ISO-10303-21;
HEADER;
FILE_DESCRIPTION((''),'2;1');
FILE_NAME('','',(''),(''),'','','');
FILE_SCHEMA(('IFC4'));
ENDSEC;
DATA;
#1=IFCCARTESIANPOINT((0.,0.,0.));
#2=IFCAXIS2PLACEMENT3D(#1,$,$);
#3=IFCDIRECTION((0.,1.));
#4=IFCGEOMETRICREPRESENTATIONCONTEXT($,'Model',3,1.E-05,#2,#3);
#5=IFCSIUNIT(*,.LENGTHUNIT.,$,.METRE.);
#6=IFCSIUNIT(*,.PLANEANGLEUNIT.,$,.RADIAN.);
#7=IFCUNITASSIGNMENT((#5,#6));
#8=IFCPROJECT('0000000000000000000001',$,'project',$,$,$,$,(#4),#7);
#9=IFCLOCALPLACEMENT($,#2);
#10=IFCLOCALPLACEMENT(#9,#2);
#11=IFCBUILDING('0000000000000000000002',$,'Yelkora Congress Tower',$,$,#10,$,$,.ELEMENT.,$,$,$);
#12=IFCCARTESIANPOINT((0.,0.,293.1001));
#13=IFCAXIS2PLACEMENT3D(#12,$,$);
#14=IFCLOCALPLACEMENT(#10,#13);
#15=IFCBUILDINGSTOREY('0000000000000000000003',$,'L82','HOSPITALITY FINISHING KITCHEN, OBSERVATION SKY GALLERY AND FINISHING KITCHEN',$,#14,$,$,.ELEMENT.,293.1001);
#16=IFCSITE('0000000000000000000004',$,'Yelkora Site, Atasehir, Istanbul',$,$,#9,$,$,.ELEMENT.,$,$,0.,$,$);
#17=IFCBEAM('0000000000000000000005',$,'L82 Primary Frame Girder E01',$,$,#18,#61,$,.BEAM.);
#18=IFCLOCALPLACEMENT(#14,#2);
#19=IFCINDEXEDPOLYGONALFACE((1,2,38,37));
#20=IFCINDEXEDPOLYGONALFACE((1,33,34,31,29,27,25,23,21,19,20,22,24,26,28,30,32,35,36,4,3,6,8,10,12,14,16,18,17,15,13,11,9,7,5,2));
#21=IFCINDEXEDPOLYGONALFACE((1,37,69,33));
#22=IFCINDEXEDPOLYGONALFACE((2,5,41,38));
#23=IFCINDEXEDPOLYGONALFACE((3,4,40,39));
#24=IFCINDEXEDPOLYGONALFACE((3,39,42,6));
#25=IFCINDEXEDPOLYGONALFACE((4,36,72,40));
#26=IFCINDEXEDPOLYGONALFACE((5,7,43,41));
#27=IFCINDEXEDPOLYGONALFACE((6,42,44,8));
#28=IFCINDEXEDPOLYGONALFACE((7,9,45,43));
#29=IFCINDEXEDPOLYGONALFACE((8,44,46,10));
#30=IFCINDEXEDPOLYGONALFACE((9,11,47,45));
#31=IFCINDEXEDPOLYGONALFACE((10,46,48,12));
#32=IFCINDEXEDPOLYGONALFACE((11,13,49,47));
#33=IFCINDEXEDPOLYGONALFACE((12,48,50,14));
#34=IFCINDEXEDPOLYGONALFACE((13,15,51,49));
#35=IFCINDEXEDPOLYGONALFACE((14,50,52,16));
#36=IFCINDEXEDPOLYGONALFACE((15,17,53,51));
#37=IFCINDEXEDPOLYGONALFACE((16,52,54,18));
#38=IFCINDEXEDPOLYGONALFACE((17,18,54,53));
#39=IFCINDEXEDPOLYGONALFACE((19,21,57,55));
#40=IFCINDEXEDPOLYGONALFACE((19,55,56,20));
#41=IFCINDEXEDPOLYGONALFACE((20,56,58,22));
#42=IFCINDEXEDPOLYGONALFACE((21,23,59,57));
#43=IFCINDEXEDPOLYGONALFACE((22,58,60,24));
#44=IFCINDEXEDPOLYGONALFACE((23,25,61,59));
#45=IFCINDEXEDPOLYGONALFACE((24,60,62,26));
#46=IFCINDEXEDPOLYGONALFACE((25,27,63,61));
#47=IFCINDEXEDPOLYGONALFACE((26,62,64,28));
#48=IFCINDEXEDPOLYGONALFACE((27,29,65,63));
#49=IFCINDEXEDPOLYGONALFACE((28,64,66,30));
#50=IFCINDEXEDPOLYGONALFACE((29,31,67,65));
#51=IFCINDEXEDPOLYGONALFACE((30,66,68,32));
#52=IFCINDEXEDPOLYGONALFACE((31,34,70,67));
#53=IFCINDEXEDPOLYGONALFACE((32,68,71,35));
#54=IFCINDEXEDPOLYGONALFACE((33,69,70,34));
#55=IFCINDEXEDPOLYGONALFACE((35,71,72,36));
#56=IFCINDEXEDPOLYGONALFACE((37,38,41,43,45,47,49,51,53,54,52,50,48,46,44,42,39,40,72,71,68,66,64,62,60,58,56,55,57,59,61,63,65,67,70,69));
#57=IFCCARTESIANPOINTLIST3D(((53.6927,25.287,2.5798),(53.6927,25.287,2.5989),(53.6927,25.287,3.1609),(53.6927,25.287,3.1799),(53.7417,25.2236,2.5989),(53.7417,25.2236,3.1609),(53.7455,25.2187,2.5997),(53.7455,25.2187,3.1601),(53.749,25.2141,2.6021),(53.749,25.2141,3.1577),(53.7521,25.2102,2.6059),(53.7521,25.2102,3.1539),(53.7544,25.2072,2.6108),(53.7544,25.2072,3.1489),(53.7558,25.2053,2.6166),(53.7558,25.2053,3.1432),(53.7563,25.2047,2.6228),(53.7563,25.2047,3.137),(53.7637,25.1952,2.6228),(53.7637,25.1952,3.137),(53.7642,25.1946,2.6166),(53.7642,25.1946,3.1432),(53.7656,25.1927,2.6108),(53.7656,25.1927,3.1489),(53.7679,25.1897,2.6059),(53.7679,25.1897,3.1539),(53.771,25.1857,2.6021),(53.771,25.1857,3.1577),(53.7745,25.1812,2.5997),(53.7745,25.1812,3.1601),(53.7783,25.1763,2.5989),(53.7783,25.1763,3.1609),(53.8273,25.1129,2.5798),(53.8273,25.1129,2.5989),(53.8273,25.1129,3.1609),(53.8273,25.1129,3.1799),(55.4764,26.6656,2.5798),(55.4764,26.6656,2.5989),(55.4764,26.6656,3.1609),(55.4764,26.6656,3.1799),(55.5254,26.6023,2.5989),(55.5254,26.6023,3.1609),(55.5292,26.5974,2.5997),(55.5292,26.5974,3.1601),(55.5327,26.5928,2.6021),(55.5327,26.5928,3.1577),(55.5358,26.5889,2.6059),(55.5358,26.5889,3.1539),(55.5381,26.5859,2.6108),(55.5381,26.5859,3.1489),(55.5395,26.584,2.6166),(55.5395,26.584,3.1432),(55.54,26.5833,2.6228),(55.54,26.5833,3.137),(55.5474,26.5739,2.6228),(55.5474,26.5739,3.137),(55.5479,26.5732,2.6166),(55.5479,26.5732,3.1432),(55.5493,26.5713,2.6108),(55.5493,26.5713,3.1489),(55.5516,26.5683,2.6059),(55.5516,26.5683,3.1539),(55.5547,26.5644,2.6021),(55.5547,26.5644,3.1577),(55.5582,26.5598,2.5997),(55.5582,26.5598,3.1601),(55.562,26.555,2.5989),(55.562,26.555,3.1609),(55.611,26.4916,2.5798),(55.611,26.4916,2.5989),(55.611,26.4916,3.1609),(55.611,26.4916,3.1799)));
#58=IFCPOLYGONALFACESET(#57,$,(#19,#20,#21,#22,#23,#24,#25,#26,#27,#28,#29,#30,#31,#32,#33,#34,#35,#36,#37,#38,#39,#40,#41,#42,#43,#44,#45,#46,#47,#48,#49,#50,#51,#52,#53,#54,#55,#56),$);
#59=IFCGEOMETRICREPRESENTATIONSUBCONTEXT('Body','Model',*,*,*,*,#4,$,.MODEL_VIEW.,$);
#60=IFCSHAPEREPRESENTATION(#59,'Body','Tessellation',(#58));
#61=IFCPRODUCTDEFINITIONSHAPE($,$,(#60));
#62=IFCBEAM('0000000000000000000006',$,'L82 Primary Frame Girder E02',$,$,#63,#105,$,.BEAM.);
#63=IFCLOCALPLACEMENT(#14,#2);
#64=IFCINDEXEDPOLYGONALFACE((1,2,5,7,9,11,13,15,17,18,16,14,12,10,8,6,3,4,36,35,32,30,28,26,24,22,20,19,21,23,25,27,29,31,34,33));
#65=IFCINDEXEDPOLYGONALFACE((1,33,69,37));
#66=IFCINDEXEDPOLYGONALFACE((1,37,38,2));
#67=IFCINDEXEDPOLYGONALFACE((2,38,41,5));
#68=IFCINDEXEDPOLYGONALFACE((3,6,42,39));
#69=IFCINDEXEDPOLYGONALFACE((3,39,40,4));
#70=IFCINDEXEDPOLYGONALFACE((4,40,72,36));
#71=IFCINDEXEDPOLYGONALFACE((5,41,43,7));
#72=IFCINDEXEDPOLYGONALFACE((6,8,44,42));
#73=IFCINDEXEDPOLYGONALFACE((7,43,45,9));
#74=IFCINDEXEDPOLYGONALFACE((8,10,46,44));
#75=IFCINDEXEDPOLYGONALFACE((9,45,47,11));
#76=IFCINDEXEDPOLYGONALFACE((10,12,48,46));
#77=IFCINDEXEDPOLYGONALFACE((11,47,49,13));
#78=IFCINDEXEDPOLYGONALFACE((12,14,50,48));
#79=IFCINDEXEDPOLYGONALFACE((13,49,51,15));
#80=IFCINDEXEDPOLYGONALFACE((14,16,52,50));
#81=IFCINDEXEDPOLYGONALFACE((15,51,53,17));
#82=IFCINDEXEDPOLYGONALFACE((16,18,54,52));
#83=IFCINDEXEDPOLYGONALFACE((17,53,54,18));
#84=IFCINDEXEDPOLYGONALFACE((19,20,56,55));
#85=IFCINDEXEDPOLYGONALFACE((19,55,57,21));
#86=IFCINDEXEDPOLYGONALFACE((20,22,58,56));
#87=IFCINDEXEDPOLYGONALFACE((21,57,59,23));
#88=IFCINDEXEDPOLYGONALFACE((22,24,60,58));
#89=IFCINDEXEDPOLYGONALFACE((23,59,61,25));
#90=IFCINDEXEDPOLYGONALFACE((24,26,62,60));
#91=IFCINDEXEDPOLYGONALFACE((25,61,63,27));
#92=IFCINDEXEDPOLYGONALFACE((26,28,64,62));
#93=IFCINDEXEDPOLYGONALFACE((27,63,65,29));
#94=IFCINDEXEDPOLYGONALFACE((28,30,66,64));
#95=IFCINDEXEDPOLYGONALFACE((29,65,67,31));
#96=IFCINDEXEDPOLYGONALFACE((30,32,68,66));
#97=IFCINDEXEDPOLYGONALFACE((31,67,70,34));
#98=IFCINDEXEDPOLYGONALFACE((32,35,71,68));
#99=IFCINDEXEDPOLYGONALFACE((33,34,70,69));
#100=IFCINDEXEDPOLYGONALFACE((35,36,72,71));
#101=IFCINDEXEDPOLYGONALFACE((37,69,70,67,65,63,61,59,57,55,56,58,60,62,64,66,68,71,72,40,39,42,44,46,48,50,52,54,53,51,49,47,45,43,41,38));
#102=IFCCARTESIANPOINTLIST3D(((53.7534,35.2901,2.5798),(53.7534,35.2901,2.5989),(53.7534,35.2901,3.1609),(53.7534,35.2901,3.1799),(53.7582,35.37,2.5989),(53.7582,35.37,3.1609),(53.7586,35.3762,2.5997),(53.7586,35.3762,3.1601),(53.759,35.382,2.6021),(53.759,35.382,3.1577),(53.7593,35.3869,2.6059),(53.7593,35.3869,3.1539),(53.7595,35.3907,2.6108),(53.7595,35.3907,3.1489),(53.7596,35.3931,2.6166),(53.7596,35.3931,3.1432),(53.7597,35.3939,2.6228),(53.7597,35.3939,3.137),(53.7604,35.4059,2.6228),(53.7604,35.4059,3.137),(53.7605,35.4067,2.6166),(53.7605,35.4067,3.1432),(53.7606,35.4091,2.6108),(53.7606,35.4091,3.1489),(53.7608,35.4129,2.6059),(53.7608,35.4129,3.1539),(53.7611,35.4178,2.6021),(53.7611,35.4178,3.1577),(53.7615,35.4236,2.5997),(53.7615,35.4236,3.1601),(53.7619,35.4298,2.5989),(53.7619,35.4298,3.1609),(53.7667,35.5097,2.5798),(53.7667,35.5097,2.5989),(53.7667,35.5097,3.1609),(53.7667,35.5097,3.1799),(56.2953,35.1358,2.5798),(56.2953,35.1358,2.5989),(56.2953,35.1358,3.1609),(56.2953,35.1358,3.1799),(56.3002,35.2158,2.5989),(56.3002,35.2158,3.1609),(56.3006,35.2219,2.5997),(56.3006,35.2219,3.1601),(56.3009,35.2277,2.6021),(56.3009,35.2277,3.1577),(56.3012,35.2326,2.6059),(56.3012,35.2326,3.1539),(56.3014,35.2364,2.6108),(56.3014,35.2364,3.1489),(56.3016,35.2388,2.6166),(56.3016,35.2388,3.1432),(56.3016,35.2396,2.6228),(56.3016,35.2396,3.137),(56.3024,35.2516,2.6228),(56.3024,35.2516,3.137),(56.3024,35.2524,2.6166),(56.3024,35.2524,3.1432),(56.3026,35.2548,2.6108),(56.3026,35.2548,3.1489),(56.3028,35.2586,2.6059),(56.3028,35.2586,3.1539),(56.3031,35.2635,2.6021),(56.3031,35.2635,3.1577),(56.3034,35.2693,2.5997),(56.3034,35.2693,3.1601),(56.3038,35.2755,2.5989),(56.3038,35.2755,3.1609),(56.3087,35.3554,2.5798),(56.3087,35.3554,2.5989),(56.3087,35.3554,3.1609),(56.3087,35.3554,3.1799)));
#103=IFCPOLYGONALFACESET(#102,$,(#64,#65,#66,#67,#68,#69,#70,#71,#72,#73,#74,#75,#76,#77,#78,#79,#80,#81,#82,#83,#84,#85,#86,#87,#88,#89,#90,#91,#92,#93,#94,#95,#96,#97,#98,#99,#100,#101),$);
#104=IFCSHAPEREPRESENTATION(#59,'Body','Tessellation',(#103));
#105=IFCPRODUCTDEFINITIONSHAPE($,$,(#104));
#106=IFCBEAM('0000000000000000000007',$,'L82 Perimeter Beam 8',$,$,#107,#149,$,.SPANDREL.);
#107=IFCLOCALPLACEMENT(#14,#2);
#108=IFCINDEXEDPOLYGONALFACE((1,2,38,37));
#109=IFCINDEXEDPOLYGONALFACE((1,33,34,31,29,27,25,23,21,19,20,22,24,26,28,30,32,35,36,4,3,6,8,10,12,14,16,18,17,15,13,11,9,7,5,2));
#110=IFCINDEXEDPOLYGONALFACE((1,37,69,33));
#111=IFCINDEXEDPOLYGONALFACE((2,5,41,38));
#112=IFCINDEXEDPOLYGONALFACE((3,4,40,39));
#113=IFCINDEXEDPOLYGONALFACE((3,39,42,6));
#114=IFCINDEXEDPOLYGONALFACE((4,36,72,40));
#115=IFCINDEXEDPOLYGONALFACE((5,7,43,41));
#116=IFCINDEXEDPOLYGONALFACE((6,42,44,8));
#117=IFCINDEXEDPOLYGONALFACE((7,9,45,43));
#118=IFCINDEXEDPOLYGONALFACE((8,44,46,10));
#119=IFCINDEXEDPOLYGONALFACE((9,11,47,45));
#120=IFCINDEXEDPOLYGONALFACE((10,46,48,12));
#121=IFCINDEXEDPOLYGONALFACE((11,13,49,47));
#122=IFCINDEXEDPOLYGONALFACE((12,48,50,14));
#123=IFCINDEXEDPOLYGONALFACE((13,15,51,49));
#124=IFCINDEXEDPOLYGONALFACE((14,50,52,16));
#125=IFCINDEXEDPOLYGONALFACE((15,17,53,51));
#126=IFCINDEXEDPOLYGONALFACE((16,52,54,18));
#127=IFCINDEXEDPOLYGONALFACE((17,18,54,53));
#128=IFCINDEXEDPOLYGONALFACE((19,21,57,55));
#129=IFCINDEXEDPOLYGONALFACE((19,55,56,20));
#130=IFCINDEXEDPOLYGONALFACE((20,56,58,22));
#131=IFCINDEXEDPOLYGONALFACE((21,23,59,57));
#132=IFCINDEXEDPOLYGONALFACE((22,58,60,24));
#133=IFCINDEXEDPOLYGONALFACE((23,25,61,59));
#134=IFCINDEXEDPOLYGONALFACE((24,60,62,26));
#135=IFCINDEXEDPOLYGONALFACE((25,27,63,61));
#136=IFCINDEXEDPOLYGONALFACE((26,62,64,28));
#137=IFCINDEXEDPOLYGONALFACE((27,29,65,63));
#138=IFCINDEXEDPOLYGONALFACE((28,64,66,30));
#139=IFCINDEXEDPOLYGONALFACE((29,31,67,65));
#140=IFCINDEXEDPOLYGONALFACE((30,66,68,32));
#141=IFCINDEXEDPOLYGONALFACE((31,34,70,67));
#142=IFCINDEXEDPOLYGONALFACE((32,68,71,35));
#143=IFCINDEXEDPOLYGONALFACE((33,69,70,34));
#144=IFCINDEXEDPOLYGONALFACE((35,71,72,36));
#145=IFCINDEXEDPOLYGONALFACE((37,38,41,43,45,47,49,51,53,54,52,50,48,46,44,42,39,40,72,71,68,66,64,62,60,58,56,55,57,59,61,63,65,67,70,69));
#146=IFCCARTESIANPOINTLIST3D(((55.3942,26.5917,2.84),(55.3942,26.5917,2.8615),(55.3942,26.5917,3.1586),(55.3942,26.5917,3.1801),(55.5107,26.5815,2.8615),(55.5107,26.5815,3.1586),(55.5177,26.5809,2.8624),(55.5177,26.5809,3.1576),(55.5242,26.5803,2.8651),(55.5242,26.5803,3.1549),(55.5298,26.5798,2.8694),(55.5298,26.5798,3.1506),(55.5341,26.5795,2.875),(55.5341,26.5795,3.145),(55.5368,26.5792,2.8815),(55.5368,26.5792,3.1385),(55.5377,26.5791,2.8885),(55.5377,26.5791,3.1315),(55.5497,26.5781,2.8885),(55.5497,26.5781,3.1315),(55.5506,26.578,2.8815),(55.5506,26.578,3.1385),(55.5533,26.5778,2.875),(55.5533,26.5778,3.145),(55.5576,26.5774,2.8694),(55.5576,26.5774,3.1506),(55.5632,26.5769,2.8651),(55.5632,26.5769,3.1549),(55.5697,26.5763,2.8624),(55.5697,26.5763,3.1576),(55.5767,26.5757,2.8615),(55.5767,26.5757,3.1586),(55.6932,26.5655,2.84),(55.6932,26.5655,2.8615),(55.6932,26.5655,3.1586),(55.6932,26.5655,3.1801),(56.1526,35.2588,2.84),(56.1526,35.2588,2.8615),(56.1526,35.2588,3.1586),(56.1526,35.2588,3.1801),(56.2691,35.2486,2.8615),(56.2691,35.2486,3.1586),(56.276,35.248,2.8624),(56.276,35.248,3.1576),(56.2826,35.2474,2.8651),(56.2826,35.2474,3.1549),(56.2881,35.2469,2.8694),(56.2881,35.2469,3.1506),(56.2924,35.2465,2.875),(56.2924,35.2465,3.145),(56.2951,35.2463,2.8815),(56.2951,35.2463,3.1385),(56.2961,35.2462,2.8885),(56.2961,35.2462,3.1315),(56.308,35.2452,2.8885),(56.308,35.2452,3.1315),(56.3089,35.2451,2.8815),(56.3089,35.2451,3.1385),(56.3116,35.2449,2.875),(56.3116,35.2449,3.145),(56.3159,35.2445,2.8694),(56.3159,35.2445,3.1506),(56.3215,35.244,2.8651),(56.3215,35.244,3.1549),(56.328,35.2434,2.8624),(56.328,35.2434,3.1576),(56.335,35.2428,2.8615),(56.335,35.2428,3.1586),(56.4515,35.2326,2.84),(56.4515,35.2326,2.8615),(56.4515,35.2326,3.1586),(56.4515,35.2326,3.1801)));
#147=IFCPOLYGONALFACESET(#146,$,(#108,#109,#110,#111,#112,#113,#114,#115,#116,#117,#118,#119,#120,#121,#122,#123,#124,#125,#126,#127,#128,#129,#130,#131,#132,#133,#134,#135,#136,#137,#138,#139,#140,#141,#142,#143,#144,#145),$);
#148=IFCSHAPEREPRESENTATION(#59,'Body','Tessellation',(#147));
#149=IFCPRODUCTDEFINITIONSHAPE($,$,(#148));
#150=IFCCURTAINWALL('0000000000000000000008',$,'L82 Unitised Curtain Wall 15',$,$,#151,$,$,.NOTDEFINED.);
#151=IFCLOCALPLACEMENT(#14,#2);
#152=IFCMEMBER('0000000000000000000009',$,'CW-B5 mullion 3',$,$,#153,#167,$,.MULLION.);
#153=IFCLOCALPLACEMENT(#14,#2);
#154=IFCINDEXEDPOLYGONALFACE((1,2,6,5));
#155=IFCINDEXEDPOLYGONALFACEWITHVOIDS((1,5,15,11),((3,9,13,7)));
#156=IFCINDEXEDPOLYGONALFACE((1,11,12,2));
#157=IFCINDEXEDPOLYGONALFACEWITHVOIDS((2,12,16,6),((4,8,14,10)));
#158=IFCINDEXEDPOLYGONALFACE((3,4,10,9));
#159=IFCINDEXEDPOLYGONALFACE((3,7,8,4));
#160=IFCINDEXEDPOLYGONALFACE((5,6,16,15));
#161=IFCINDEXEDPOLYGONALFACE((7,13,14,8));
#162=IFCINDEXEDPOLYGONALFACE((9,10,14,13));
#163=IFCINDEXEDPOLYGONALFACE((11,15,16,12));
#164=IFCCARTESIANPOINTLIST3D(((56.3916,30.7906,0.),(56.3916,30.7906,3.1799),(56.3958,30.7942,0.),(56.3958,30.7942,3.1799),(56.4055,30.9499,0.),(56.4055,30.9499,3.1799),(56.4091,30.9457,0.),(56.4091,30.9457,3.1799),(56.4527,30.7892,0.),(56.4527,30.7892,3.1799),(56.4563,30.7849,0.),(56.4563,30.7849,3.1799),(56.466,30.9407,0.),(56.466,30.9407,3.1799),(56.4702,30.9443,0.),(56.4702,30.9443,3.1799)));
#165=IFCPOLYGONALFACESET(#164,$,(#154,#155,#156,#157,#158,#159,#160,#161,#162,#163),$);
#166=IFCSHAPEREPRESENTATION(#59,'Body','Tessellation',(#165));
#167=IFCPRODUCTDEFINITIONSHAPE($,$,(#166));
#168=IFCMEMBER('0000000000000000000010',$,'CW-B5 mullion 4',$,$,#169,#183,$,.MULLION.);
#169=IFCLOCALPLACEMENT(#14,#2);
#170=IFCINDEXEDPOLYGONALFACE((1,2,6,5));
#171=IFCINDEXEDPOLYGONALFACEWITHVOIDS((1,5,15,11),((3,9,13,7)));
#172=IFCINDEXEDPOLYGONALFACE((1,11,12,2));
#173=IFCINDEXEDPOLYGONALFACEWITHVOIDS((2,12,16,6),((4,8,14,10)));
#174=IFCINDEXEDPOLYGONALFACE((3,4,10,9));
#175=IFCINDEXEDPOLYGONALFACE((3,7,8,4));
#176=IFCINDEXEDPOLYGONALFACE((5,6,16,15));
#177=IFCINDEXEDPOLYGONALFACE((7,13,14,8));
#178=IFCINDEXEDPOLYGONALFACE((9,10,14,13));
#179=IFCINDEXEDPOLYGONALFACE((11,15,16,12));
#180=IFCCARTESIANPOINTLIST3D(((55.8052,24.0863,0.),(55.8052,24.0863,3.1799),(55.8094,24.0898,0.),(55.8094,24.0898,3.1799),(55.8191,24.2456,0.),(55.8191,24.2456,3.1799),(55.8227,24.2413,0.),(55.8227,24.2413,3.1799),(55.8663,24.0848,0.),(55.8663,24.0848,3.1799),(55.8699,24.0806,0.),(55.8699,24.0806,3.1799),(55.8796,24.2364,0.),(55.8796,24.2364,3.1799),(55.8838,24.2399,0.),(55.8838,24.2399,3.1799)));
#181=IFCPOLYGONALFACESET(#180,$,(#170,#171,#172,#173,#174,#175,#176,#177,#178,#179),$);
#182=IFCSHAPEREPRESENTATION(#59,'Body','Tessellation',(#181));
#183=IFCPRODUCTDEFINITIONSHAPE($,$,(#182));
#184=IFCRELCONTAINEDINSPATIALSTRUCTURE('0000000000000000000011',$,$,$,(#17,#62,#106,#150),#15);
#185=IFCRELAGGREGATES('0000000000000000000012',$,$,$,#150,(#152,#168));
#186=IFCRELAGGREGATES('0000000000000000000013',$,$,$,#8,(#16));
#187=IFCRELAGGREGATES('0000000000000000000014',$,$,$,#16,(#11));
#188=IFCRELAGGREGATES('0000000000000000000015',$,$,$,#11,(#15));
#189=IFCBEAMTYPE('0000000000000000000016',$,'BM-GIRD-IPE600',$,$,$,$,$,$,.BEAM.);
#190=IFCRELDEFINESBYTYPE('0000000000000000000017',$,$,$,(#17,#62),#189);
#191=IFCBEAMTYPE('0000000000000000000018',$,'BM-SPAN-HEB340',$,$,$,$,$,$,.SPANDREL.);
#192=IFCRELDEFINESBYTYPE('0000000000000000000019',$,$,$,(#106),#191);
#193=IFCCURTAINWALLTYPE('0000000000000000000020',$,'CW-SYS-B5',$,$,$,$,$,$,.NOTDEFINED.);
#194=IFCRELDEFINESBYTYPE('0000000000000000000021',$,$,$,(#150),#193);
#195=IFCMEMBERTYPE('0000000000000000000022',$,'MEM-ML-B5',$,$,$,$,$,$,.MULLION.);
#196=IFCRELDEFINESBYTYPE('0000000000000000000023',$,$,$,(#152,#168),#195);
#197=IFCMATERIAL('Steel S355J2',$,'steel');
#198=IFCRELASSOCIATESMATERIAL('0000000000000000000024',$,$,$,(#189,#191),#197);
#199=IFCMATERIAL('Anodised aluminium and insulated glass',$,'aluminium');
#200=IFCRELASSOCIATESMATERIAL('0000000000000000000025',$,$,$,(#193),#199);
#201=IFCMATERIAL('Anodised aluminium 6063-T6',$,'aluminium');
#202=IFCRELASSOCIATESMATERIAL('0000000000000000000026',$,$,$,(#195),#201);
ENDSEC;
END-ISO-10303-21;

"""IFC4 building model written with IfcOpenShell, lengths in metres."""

from ifc_helpers import new_model, si_unit, direction, frame, origin, origin_2d, place, context, subcontext, project, spatial, hollow_rectangle, i_section, extrude, material, material_profile, profile_set, type_object, element, aggregate, save


model = new_model("IFC4")

# Units and contexts
model_context = context("Model", 3, precision=1e-05, world=origin(), true_north=direction((0.0, 1.0)))
body_context = subcontext(model_context, "Body", "Model", "MODEL_VIEW")
ifc_project = project(units=[si_unit("LENGTHUNIT", "METRE"), si_unit("PLANEANGLEUNIT", "RADIAN")], contexts=[model_context])

# Site, building, storey
site_placement = place(None, origin())
site = spatial("IfcSite", under=ifc_project, at=site_placement, Name="Yelkora Site, Atasehir, Istanbul", CompositionType="ELEMENT", RefElevation=0.0)
building_placement = place(site_placement, origin())
building = spatial("IfcBuilding", under=site, at=building_placement, Name="Yelkora Congress Tower", CompositionType="ELEMENT")
storey_placement = place(building_placement, frame((0.0, 0.0, 293.1001)))
storey = spatial("IfcBuildingStorey", under=building, at=storey_placement, Name="L82", Description="HOSPITALITY FINISHING KITCHEN, OBSERVATION SKY GALLERY AND FINISHING KITCHEN", CompositionType="ELEMENT", Elevation=293.1001)

# Shared definitions
ifc_material_1 = material(Name="Steel S355J2", Category="steel")

# Beams
ifc_material_profile_1 = material_profile(ifc_material_1, i_section(OverallWidth=0.22, OverallDepth=0.6001, WebThickness=0.012, FlangeThickness=0.019, FilletRadius=0.0239, at=origin_2d()), Name="IPE 600")
ifc_profile_set_1 = profile_set([ifc_material_profile_1], Name="Steel S355J2")
beam_type_1 = type_object("IfcBeamType", Name="BM-GIRD-IPE600", PredefinedType="BEAM", material=ifc_profile_set_1)
beam_1_placement = place(storey_placement, frame((55.5437, 26.5786, 2.8799), z_axis=(-0.791209, -0.611546, 0.0), x_axis=(0.611546, -0.791209, 0.0)))
element("IfcBeam", 1, at=beam_1_placement, inside=storey, type_object=beam_type_1, Name="L82 Primary Frame Girder E01", PredefinedType="BEAM", context=body_context, shape_type="SweptSolid", body=[
    extrude(i_section(OverallWidth=0.22, OverallDepth=0.6001, WebThickness=0.012, FlangeThickness=0.019, FilletRadius=0.0239, at=origin_2d()), origin(), (0.0, 0.0, 1.0), 2.2544),
])
beam_2_placement = place(storey_placement, frame((56.302, 35.2456, 2.8799), z_axis=(-0.998163, 0.060588, 0.0), x_axis=(-0.060588, -0.998163, 0.0)))
element("IfcBeam", 2, at=beam_2_placement, inside=storey, type_object=beam_type_1, Name="L82 Primary Frame Girder E02", PredefinedType="BEAM", context=body_context, shape_type="SweptSolid", body=[
    extrude(i_section(OverallWidth=0.22, OverallDepth=0.6001, WebThickness=0.012, FlangeThickness=0.019, FilletRadius=0.0239, at=origin_2d()), origin(), (0.0, 0.0, 1.0), 2.5466),
])
ifc_material_profile_2 = material_profile(ifc_material_1, i_section(OverallWidth=0.3, OverallDepth=0.3401, WebThickness=0.012, FlangeThickness=0.0215, FilletRadius=0.0271, at=origin_2d()), Name="HEB 340")
ifc_profile_set_2 = profile_set([ifc_material_profile_2], Name="Steel S355J2")
beam_type_2 = type_object("IfcBeamType", Name="BM-SPAN-HEB340", PredefinedType="SPANDREL", material=ifc_profile_set_2)
beam_3_placement = place(storey_placement, frame((55.5437, 26.5786, 3.01), z_axis=(0.08716, 0.996194, 0.0), x_axis=(-0.996194, 0.08716, 0.0)))
element("IfcBeam", 3, at=beam_3_placement, inside=storey, type_object=beam_type_2, Name="L82 Perimeter Beam 8", PredefinedType="SPANDREL", context=body_context, shape_type="SweptSolid", body=[
    extrude(i_section(OverallWidth=0.3, OverallDepth=0.3401, WebThickness=0.012, FlangeThickness=0.0215, FilletRadius=0.0271, at=origin_2d()), origin(), (0.0, 0.0, 1.0), 8.7002),
])

# Curtain wall, members
ifc_material_2 = material(Name="Anodised aluminium and insulated glass", Category="aluminium")
curtain_wall_type = type_object("IfcCurtainWallType", Name="CW-SYS-B5", PredefinedType="NOTDEFINED", material=ifc_material_2)
curtain_wall_placement = place(storey_placement, origin())
curtain_wall = element("IfcCurtainWall", 4, at=curtain_wall_placement, inside=storey, type_object=curtain_wall_type, Name="L82 Unitised Curtain Wall 15", PredefinedType="NOTDEFINED")
ifc_material_3 = material(Name="Anodised aluminium 6063-T6", Category="aluminium")
ifc_material_profile_3 = material_profile(ifc_material_3, hollow_rectangle(XDim=0.0649, YDim=0.1599, WallThickness=0.0039, at=origin_2d()), Name="ALU 65x160x4")
ifc_profile_set_3 = profile_set([ifc_material_profile_3], Name="Anodised aluminium 6063-T6")
member_type_1 = type_object("IfcMemberType", Name="MEM-ML-B5", PredefinedType="MULLION", material=ifc_profile_set_3)
member_1_placement = place(storey_placement, frame((56.4309, 30.8674, 0.0), z_axis=(0.0, 0.0, 1.0), x_axis=(0.996194, -0.087158, 0.0)))
member_1 = element("IfcMember", 5, at=member_1_placement, type_object=member_type_1, Name="CW-B5 mullion 3", PredefinedType="MULLION", context=body_context, shape_type="SweptSolid", body=[
    extrude(hollow_rectangle(XDim=0.0649, YDim=0.1599, WallThickness=0.0039, at=origin_2d()), origin(), (0.0, 0.0, 1.0), 3.1799),
])
member_2_placement = place(storey_placement, frame((55.8445, 24.1631, 0.0), z_axis=(0.0, 0.0, 1.0), x_axis=(0.996194, -0.087158, 0.0)))
member_2 = element("IfcMember", 6, at=member_2_placement, type_object=member_type_1, Name="CW-B5 mullion 4", PredefinedType="MULLION", context=body_context, shape_type="SweptSolid", body=[
    extrude(hollow_rectangle(XDim=0.0649, YDim=0.1599, WallThickness=0.0039, at=origin_2d()), origin(), (0.0, 0.0, 1.0), 3.1799),
])
aggregate(curtain_wall, [member_1, member_2])

save(model, "model.ifc")
